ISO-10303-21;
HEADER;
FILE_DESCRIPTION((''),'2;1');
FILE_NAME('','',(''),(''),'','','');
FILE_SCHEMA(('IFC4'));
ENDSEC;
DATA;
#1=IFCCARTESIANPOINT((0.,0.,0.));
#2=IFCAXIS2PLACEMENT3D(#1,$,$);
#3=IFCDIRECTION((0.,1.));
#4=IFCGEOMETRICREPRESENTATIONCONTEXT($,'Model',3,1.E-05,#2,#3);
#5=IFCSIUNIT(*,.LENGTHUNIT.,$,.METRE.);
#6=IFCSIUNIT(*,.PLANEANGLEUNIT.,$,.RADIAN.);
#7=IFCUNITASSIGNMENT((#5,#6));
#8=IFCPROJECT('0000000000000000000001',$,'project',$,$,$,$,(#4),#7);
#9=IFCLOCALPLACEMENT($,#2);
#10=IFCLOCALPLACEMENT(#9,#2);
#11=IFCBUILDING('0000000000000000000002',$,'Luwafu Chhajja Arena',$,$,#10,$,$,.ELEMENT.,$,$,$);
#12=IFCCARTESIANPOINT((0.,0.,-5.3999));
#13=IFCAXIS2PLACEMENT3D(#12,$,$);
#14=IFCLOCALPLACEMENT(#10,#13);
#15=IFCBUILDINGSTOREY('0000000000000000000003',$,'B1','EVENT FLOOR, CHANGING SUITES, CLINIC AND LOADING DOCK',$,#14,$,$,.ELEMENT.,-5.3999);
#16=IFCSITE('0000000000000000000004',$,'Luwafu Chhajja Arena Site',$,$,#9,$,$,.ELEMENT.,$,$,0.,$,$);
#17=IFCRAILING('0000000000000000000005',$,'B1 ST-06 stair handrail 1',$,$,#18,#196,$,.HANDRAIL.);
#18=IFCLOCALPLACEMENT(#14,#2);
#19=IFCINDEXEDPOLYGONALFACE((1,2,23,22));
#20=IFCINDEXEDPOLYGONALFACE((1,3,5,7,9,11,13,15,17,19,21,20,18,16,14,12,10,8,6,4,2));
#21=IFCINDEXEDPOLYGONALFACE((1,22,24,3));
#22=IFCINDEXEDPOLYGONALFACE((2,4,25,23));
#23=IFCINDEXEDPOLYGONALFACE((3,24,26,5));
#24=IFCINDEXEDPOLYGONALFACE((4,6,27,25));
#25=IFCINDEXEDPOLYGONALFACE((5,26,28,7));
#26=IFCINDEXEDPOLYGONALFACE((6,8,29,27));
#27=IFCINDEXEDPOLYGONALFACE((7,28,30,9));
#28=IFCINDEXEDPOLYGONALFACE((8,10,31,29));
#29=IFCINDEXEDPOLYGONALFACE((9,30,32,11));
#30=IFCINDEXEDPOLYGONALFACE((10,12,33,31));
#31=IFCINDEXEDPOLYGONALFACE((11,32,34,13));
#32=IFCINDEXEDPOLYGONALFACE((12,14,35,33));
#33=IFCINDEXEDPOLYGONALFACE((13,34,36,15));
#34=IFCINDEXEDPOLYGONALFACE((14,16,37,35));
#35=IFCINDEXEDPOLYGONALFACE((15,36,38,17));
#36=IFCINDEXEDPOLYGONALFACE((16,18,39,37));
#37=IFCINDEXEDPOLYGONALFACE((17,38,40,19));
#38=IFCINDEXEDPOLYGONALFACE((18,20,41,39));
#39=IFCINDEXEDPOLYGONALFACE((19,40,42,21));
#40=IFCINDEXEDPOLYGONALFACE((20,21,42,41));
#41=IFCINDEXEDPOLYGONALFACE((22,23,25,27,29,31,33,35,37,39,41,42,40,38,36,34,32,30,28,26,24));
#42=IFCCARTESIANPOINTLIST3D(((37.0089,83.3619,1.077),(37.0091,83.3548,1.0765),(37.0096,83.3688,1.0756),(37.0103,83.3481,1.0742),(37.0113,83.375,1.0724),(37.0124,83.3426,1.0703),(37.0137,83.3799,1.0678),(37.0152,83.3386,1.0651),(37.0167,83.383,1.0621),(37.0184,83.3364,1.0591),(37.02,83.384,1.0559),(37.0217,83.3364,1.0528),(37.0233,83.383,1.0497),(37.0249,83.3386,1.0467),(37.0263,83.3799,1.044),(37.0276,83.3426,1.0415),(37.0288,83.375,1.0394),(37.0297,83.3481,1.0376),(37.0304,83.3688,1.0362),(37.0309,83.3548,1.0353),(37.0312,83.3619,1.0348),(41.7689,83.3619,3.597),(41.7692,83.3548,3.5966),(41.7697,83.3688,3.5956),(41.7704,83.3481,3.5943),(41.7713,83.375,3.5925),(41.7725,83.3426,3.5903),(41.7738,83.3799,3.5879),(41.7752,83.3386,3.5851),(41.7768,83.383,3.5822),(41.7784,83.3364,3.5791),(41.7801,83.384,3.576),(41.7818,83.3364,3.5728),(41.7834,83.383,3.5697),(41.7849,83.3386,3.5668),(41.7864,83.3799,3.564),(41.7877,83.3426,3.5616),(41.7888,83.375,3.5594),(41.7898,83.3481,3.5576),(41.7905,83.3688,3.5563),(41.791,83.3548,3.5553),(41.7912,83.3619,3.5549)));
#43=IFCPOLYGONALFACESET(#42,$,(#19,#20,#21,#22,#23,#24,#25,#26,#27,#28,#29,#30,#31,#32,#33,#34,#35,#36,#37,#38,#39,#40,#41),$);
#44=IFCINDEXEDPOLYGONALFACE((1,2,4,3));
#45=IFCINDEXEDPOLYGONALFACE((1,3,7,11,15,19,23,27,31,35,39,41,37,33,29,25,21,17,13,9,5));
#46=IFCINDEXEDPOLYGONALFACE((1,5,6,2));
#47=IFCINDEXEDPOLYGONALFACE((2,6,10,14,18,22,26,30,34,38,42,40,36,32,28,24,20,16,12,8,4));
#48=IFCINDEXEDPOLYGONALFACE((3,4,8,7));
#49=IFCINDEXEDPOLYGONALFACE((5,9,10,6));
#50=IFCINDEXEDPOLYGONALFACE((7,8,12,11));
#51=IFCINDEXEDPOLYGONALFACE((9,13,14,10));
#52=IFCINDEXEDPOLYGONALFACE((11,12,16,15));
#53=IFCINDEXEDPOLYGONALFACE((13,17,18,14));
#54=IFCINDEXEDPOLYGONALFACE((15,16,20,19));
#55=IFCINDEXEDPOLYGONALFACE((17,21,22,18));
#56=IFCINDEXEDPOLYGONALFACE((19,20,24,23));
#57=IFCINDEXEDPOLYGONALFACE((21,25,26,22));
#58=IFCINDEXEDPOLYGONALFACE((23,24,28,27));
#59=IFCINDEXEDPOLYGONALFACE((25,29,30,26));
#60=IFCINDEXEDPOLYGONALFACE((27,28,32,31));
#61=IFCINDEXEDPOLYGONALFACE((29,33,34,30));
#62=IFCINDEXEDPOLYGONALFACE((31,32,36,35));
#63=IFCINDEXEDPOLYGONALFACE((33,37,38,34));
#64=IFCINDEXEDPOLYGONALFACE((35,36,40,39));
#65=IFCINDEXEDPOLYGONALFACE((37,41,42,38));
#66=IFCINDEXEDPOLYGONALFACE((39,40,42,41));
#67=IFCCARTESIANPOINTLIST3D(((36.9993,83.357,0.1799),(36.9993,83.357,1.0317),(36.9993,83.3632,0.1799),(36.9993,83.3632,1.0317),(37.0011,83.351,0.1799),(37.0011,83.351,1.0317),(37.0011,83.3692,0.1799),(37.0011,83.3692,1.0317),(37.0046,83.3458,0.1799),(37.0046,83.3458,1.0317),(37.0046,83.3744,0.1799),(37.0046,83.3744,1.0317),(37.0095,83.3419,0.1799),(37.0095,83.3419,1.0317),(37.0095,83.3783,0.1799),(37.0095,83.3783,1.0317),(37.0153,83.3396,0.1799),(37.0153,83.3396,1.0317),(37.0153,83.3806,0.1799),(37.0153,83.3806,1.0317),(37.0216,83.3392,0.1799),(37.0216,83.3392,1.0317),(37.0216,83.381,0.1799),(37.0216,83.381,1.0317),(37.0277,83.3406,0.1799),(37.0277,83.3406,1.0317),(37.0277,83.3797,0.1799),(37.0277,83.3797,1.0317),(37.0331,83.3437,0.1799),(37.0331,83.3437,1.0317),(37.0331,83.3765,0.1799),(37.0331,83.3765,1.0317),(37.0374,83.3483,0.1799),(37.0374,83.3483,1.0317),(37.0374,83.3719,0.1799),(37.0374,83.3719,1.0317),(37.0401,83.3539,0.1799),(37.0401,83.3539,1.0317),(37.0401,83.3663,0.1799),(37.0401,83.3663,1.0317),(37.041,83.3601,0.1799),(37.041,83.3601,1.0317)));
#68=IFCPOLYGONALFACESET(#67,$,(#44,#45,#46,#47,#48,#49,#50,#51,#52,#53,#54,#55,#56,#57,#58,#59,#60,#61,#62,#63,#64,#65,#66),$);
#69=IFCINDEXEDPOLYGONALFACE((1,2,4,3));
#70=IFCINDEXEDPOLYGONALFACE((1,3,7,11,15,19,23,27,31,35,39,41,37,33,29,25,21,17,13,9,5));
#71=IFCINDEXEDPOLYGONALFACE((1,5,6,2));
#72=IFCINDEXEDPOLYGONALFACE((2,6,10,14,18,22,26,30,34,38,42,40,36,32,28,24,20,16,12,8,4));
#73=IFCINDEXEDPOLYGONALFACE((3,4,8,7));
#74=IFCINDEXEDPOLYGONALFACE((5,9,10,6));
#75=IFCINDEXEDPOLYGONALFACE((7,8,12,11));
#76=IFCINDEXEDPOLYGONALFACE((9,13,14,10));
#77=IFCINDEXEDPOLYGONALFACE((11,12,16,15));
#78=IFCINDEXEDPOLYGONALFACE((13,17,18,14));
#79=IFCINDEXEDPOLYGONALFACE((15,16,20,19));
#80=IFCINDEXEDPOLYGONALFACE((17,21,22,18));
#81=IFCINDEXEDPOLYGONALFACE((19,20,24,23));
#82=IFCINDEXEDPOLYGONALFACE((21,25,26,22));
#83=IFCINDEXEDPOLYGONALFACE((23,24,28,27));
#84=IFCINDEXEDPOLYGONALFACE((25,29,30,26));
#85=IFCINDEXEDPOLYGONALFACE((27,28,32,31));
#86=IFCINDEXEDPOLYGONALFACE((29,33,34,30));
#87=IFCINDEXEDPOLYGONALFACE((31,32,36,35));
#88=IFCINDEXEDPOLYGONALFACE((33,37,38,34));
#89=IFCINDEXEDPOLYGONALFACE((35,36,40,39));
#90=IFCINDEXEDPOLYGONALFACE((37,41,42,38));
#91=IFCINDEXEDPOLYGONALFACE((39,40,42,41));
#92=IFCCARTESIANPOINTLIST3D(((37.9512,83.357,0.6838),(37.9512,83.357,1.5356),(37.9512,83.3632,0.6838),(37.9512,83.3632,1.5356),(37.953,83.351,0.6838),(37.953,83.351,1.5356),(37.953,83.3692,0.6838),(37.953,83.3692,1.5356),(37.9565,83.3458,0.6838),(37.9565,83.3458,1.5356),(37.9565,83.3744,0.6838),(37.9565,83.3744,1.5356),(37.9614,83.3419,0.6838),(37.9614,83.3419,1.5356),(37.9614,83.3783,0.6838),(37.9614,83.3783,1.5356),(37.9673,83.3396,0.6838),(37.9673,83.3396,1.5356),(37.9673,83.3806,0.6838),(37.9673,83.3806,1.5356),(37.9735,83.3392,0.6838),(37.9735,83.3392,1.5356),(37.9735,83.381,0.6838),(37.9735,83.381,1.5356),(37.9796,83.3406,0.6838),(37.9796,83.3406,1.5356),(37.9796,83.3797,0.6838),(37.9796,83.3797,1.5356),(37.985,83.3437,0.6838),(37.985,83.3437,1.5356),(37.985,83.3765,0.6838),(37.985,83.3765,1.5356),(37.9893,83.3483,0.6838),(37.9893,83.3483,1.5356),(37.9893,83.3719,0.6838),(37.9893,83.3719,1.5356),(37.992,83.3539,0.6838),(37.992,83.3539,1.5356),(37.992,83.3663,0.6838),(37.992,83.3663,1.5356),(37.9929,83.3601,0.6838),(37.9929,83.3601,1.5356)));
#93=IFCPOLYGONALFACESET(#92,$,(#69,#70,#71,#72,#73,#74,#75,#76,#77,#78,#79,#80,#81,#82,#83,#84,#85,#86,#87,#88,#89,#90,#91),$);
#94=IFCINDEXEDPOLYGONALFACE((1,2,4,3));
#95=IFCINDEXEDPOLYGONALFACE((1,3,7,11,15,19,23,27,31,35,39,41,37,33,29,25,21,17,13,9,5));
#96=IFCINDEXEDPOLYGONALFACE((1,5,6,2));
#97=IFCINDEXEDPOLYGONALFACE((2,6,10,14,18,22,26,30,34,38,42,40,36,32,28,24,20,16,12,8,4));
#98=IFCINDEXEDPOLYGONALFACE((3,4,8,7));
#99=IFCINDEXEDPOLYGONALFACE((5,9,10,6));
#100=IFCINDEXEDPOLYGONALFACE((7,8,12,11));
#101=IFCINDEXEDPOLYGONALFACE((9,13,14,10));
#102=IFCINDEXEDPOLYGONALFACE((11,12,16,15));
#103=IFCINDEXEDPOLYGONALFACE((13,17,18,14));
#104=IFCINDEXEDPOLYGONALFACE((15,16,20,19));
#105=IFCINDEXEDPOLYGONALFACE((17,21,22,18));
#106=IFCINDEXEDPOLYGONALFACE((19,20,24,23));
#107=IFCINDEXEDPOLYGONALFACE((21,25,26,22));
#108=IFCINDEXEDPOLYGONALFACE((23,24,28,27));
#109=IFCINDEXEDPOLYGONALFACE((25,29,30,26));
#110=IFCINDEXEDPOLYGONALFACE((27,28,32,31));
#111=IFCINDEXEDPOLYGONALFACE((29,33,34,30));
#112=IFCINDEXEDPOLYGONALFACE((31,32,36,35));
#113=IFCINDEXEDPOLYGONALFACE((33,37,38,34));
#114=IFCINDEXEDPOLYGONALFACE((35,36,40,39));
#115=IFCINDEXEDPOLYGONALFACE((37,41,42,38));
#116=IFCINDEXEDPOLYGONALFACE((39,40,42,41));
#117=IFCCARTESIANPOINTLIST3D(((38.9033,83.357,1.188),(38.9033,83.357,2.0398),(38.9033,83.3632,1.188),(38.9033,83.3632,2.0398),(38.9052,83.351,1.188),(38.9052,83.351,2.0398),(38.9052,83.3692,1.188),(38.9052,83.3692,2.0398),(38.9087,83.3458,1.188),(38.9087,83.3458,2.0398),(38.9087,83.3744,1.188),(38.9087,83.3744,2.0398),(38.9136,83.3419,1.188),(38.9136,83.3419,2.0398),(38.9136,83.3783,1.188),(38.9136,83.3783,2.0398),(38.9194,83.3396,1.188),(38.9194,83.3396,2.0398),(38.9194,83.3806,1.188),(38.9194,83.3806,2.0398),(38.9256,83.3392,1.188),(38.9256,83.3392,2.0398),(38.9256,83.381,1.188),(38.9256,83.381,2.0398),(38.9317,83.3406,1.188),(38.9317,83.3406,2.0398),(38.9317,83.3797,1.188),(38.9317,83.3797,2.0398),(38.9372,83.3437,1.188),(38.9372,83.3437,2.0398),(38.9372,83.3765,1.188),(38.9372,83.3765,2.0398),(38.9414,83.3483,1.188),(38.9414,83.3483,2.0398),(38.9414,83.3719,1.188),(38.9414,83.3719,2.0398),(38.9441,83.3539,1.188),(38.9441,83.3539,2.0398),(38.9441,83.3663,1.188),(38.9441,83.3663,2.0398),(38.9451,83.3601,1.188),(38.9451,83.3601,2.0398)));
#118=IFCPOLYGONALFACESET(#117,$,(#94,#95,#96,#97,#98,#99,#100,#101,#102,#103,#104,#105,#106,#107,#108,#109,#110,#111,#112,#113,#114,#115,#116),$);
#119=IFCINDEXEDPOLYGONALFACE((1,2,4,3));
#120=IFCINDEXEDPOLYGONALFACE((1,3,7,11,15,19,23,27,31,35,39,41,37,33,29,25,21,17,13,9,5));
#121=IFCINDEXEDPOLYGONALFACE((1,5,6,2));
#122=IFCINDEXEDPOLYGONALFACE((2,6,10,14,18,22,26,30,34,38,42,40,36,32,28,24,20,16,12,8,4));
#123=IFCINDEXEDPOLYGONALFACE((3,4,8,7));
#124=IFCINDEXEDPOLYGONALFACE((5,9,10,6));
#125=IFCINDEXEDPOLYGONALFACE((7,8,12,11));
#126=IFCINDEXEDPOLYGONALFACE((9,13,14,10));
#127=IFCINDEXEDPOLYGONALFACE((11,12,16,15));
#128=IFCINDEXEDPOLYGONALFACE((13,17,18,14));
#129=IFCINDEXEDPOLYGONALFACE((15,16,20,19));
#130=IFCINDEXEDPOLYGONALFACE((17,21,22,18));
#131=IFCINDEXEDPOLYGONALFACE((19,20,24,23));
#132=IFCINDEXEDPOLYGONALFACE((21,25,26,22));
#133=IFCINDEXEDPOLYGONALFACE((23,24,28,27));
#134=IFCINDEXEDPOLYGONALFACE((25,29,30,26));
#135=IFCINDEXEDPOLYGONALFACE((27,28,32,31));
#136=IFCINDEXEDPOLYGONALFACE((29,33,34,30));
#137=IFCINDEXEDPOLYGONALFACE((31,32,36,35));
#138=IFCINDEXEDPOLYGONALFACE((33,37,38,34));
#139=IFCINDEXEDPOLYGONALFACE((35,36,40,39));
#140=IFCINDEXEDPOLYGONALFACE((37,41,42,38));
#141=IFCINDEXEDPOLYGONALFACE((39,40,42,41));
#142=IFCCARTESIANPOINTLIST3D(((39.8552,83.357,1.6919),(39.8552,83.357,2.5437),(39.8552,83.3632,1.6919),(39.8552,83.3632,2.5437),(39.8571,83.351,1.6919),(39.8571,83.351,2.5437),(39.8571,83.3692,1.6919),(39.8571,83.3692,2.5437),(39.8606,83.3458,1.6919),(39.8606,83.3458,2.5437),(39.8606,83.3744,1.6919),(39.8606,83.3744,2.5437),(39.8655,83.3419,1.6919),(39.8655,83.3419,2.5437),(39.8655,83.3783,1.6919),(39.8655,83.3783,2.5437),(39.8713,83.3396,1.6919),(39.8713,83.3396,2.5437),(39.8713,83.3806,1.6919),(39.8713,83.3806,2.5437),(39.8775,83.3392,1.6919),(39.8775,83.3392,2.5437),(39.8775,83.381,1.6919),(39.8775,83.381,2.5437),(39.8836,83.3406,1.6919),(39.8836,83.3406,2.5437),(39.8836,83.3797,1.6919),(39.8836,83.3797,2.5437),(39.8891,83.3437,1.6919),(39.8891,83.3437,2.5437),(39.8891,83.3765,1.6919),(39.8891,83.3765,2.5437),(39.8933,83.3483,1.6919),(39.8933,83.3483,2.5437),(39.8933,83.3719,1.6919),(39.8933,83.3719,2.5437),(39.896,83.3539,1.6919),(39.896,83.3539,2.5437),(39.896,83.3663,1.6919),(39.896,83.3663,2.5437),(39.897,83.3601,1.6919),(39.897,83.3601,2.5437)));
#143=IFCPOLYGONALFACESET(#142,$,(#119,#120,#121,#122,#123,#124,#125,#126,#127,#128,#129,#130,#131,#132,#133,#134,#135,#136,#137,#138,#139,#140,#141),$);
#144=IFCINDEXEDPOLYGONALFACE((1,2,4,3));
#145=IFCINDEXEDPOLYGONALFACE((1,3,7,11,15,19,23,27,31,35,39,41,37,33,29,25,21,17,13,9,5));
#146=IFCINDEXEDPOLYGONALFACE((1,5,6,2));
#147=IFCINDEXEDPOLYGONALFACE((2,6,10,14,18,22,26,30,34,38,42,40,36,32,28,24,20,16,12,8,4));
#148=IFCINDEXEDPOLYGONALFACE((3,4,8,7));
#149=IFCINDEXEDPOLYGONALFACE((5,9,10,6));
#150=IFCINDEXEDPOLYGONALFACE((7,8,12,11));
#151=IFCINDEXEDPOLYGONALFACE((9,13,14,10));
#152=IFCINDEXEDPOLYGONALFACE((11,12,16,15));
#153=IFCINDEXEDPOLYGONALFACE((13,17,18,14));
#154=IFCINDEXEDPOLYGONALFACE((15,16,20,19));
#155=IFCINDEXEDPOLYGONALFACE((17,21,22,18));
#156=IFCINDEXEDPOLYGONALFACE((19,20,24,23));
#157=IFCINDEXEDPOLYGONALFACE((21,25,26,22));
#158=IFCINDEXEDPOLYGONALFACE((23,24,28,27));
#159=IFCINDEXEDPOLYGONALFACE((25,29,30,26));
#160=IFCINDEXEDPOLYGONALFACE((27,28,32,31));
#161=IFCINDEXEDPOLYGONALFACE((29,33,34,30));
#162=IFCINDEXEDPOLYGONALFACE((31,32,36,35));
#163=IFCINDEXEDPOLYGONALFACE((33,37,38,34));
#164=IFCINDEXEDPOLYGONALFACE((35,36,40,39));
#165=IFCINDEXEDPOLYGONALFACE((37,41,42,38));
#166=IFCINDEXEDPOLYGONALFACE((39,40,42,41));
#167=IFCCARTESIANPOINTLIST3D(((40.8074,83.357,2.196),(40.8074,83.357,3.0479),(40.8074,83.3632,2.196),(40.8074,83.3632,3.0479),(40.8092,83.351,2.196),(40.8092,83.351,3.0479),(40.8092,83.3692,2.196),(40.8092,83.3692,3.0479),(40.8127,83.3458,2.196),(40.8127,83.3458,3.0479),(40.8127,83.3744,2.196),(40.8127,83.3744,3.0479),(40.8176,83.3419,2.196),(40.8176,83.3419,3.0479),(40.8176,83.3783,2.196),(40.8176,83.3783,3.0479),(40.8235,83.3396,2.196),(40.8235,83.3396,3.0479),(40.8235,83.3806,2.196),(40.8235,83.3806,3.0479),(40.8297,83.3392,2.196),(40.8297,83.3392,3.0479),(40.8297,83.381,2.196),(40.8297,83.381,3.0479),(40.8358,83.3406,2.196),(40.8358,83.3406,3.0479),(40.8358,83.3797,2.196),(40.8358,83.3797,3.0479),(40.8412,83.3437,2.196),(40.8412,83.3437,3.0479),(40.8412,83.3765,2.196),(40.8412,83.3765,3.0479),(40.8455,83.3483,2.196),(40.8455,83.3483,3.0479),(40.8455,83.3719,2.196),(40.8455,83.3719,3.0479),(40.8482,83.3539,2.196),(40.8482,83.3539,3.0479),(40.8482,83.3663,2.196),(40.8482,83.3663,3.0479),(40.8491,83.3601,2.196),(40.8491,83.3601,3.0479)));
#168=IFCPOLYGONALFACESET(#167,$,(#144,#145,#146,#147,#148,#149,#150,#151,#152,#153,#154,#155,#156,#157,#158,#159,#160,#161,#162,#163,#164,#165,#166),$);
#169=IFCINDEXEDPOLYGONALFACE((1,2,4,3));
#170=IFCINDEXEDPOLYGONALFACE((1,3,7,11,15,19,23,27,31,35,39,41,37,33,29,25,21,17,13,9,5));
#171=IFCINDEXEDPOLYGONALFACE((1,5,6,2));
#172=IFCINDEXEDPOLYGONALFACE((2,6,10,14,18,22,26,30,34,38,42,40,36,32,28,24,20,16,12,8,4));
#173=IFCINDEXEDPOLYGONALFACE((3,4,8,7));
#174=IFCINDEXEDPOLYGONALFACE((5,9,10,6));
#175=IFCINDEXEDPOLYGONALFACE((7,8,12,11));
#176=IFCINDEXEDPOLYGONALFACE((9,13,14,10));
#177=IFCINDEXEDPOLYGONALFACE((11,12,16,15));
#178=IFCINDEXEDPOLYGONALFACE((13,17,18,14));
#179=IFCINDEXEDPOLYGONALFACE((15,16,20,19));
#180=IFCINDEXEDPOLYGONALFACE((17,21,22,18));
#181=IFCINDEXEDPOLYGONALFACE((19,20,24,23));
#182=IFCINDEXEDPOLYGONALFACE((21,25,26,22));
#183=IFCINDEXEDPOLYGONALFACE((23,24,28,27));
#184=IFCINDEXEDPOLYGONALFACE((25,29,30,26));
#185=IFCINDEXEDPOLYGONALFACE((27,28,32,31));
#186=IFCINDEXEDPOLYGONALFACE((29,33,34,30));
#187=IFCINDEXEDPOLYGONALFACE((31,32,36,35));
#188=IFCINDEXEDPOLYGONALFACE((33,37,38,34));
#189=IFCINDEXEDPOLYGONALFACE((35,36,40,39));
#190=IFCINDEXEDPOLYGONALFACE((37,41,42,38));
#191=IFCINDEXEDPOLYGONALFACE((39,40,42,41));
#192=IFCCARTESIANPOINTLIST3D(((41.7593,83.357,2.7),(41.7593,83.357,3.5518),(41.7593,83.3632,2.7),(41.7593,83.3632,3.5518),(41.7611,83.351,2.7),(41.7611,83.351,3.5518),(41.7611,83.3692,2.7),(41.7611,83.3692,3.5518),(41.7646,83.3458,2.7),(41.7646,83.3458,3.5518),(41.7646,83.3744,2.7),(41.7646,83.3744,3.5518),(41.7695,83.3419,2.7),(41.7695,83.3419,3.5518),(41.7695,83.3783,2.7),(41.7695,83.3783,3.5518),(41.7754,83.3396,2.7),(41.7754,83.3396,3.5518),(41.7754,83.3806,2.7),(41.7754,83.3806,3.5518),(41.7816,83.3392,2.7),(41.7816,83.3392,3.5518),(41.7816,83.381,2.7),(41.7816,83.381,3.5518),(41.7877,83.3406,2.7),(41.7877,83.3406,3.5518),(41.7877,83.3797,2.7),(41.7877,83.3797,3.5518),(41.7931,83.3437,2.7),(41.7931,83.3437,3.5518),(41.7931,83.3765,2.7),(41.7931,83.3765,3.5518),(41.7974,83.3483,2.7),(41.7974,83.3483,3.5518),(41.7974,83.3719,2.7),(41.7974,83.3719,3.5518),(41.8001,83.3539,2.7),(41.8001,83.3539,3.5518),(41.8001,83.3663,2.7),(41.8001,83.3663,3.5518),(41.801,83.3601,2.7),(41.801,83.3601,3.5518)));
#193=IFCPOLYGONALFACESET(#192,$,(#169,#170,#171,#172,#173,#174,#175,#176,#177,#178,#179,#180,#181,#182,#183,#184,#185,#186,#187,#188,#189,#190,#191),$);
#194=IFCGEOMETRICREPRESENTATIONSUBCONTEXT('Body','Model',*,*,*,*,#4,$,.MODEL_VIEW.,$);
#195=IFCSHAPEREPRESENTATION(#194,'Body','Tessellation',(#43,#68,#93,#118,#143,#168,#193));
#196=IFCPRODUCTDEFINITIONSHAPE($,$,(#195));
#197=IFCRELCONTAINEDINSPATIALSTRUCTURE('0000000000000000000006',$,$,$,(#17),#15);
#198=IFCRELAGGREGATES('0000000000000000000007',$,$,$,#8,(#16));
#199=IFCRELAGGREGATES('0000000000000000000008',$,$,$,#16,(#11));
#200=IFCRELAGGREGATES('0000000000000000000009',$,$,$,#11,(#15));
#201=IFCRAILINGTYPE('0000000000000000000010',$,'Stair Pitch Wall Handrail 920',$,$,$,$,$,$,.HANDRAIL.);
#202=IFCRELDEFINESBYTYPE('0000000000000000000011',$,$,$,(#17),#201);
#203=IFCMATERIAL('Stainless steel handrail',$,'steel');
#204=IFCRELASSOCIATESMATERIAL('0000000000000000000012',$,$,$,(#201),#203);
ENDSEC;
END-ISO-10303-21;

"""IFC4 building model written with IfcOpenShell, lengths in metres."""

from ifc_helpers import new_model, si_unit, direction, frame, origin, origin_2d, place, context, subcontext, project, spatial, circle, extrude, material, type_object, element, save


model = new_model("IFC4")

# Units and contexts
model_context = context("Model", 3, precision=1e-05, world=origin(), true_north=direction((0.0, 1.0)))
body_context = subcontext(model_context, "Body", "Model", "MODEL_VIEW")
ifc_project = project(units=[si_unit("LENGTHUNIT", "METRE"), si_unit("PLANEANGLEUNIT", "RADIAN")], contexts=[model_context])

# Site, building, storey
site_placement = place(None, origin())
site = spatial("IfcSite", under=ifc_project, at=site_placement, Name="Luwafu Chhajja Arena Site", CompositionType="ELEMENT", RefElevation=0.0)
building_placement = place(site_placement, origin())
building = spatial("IfcBuilding", under=site, at=building_placement, Name="Luwafu Chhajja Arena", CompositionType="ELEMENT")
storey_placement = place(building_placement, frame((0.0, 0.0, -5.3999)))
storey = spatial("IfcBuildingStorey", under=building, at=storey_placement, Name="B1", Description="EVENT FLOOR, CHANGING SUITES, CLINIC AND LOADING DOCK", CompositionType="ELEMENT", Elevation=-5.3999)

# Railing
ifc_material_1 = material(Name="Stainless steel handrail", Category="steel")
railing_type_1 = type_object("IfcRailingType", Name="Stair Pitch Wall Handrail 920", PredefinedType="HANDRAIL", material=ifc_material_1)
railing_1_placement = place(storey_placement, frame((37.02, 83.3601, 0.1799)))
element("IfcRailing", 1, at=railing_1_placement, inside=storey, type_object=railing_type_1, Name="B1 ST-06 stair handrail 1", PredefinedType="HANDRAIL", context=body_context, shape_type="SweptSolid", body=[
    extrude(circle(Radius=0.0239, at=origin_2d()), frame((0.0, 0.0, 0.876), z_axis=(0.883787, 0.0, 0.46789), x_axis=(0.0, 1.0, 0.0)), (0.0, 0.0, 1.0), 5.386),
    extrude(circle(Radius=0.021, at=origin_2d()), origin(), (0.0, 0.0, 1.0), 0.8518),
    extrude(circle(Radius=0.021, at=origin_2d()), frame((0.9519, 0.0, 0.5039)), (0.0, 0.0, 1.0), 0.8518),
    extrude(circle(Radius=0.021, at=origin_2d()), frame((1.9041, 0.0, 1.0081)), (0.0, 0.0, 1.0), 0.8518),
    extrude(circle(Radius=0.021, at=origin_2d()), frame((2.856, 0.0, 1.512)), (0.0, 0.0, 1.0), 0.8518),
    extrude(circle(Radius=0.021, at=origin_2d()), frame((3.8081, 0.0, 2.0161)), (0.0, 0.0, 1.0), 0.8518),
    extrude(circle(Radius=0.021, at=origin_2d()), frame((4.76, 0.0, 2.52)), (0.0, 0.0, 1.0), 0.8518),
])

save(model, "model.ifc")
